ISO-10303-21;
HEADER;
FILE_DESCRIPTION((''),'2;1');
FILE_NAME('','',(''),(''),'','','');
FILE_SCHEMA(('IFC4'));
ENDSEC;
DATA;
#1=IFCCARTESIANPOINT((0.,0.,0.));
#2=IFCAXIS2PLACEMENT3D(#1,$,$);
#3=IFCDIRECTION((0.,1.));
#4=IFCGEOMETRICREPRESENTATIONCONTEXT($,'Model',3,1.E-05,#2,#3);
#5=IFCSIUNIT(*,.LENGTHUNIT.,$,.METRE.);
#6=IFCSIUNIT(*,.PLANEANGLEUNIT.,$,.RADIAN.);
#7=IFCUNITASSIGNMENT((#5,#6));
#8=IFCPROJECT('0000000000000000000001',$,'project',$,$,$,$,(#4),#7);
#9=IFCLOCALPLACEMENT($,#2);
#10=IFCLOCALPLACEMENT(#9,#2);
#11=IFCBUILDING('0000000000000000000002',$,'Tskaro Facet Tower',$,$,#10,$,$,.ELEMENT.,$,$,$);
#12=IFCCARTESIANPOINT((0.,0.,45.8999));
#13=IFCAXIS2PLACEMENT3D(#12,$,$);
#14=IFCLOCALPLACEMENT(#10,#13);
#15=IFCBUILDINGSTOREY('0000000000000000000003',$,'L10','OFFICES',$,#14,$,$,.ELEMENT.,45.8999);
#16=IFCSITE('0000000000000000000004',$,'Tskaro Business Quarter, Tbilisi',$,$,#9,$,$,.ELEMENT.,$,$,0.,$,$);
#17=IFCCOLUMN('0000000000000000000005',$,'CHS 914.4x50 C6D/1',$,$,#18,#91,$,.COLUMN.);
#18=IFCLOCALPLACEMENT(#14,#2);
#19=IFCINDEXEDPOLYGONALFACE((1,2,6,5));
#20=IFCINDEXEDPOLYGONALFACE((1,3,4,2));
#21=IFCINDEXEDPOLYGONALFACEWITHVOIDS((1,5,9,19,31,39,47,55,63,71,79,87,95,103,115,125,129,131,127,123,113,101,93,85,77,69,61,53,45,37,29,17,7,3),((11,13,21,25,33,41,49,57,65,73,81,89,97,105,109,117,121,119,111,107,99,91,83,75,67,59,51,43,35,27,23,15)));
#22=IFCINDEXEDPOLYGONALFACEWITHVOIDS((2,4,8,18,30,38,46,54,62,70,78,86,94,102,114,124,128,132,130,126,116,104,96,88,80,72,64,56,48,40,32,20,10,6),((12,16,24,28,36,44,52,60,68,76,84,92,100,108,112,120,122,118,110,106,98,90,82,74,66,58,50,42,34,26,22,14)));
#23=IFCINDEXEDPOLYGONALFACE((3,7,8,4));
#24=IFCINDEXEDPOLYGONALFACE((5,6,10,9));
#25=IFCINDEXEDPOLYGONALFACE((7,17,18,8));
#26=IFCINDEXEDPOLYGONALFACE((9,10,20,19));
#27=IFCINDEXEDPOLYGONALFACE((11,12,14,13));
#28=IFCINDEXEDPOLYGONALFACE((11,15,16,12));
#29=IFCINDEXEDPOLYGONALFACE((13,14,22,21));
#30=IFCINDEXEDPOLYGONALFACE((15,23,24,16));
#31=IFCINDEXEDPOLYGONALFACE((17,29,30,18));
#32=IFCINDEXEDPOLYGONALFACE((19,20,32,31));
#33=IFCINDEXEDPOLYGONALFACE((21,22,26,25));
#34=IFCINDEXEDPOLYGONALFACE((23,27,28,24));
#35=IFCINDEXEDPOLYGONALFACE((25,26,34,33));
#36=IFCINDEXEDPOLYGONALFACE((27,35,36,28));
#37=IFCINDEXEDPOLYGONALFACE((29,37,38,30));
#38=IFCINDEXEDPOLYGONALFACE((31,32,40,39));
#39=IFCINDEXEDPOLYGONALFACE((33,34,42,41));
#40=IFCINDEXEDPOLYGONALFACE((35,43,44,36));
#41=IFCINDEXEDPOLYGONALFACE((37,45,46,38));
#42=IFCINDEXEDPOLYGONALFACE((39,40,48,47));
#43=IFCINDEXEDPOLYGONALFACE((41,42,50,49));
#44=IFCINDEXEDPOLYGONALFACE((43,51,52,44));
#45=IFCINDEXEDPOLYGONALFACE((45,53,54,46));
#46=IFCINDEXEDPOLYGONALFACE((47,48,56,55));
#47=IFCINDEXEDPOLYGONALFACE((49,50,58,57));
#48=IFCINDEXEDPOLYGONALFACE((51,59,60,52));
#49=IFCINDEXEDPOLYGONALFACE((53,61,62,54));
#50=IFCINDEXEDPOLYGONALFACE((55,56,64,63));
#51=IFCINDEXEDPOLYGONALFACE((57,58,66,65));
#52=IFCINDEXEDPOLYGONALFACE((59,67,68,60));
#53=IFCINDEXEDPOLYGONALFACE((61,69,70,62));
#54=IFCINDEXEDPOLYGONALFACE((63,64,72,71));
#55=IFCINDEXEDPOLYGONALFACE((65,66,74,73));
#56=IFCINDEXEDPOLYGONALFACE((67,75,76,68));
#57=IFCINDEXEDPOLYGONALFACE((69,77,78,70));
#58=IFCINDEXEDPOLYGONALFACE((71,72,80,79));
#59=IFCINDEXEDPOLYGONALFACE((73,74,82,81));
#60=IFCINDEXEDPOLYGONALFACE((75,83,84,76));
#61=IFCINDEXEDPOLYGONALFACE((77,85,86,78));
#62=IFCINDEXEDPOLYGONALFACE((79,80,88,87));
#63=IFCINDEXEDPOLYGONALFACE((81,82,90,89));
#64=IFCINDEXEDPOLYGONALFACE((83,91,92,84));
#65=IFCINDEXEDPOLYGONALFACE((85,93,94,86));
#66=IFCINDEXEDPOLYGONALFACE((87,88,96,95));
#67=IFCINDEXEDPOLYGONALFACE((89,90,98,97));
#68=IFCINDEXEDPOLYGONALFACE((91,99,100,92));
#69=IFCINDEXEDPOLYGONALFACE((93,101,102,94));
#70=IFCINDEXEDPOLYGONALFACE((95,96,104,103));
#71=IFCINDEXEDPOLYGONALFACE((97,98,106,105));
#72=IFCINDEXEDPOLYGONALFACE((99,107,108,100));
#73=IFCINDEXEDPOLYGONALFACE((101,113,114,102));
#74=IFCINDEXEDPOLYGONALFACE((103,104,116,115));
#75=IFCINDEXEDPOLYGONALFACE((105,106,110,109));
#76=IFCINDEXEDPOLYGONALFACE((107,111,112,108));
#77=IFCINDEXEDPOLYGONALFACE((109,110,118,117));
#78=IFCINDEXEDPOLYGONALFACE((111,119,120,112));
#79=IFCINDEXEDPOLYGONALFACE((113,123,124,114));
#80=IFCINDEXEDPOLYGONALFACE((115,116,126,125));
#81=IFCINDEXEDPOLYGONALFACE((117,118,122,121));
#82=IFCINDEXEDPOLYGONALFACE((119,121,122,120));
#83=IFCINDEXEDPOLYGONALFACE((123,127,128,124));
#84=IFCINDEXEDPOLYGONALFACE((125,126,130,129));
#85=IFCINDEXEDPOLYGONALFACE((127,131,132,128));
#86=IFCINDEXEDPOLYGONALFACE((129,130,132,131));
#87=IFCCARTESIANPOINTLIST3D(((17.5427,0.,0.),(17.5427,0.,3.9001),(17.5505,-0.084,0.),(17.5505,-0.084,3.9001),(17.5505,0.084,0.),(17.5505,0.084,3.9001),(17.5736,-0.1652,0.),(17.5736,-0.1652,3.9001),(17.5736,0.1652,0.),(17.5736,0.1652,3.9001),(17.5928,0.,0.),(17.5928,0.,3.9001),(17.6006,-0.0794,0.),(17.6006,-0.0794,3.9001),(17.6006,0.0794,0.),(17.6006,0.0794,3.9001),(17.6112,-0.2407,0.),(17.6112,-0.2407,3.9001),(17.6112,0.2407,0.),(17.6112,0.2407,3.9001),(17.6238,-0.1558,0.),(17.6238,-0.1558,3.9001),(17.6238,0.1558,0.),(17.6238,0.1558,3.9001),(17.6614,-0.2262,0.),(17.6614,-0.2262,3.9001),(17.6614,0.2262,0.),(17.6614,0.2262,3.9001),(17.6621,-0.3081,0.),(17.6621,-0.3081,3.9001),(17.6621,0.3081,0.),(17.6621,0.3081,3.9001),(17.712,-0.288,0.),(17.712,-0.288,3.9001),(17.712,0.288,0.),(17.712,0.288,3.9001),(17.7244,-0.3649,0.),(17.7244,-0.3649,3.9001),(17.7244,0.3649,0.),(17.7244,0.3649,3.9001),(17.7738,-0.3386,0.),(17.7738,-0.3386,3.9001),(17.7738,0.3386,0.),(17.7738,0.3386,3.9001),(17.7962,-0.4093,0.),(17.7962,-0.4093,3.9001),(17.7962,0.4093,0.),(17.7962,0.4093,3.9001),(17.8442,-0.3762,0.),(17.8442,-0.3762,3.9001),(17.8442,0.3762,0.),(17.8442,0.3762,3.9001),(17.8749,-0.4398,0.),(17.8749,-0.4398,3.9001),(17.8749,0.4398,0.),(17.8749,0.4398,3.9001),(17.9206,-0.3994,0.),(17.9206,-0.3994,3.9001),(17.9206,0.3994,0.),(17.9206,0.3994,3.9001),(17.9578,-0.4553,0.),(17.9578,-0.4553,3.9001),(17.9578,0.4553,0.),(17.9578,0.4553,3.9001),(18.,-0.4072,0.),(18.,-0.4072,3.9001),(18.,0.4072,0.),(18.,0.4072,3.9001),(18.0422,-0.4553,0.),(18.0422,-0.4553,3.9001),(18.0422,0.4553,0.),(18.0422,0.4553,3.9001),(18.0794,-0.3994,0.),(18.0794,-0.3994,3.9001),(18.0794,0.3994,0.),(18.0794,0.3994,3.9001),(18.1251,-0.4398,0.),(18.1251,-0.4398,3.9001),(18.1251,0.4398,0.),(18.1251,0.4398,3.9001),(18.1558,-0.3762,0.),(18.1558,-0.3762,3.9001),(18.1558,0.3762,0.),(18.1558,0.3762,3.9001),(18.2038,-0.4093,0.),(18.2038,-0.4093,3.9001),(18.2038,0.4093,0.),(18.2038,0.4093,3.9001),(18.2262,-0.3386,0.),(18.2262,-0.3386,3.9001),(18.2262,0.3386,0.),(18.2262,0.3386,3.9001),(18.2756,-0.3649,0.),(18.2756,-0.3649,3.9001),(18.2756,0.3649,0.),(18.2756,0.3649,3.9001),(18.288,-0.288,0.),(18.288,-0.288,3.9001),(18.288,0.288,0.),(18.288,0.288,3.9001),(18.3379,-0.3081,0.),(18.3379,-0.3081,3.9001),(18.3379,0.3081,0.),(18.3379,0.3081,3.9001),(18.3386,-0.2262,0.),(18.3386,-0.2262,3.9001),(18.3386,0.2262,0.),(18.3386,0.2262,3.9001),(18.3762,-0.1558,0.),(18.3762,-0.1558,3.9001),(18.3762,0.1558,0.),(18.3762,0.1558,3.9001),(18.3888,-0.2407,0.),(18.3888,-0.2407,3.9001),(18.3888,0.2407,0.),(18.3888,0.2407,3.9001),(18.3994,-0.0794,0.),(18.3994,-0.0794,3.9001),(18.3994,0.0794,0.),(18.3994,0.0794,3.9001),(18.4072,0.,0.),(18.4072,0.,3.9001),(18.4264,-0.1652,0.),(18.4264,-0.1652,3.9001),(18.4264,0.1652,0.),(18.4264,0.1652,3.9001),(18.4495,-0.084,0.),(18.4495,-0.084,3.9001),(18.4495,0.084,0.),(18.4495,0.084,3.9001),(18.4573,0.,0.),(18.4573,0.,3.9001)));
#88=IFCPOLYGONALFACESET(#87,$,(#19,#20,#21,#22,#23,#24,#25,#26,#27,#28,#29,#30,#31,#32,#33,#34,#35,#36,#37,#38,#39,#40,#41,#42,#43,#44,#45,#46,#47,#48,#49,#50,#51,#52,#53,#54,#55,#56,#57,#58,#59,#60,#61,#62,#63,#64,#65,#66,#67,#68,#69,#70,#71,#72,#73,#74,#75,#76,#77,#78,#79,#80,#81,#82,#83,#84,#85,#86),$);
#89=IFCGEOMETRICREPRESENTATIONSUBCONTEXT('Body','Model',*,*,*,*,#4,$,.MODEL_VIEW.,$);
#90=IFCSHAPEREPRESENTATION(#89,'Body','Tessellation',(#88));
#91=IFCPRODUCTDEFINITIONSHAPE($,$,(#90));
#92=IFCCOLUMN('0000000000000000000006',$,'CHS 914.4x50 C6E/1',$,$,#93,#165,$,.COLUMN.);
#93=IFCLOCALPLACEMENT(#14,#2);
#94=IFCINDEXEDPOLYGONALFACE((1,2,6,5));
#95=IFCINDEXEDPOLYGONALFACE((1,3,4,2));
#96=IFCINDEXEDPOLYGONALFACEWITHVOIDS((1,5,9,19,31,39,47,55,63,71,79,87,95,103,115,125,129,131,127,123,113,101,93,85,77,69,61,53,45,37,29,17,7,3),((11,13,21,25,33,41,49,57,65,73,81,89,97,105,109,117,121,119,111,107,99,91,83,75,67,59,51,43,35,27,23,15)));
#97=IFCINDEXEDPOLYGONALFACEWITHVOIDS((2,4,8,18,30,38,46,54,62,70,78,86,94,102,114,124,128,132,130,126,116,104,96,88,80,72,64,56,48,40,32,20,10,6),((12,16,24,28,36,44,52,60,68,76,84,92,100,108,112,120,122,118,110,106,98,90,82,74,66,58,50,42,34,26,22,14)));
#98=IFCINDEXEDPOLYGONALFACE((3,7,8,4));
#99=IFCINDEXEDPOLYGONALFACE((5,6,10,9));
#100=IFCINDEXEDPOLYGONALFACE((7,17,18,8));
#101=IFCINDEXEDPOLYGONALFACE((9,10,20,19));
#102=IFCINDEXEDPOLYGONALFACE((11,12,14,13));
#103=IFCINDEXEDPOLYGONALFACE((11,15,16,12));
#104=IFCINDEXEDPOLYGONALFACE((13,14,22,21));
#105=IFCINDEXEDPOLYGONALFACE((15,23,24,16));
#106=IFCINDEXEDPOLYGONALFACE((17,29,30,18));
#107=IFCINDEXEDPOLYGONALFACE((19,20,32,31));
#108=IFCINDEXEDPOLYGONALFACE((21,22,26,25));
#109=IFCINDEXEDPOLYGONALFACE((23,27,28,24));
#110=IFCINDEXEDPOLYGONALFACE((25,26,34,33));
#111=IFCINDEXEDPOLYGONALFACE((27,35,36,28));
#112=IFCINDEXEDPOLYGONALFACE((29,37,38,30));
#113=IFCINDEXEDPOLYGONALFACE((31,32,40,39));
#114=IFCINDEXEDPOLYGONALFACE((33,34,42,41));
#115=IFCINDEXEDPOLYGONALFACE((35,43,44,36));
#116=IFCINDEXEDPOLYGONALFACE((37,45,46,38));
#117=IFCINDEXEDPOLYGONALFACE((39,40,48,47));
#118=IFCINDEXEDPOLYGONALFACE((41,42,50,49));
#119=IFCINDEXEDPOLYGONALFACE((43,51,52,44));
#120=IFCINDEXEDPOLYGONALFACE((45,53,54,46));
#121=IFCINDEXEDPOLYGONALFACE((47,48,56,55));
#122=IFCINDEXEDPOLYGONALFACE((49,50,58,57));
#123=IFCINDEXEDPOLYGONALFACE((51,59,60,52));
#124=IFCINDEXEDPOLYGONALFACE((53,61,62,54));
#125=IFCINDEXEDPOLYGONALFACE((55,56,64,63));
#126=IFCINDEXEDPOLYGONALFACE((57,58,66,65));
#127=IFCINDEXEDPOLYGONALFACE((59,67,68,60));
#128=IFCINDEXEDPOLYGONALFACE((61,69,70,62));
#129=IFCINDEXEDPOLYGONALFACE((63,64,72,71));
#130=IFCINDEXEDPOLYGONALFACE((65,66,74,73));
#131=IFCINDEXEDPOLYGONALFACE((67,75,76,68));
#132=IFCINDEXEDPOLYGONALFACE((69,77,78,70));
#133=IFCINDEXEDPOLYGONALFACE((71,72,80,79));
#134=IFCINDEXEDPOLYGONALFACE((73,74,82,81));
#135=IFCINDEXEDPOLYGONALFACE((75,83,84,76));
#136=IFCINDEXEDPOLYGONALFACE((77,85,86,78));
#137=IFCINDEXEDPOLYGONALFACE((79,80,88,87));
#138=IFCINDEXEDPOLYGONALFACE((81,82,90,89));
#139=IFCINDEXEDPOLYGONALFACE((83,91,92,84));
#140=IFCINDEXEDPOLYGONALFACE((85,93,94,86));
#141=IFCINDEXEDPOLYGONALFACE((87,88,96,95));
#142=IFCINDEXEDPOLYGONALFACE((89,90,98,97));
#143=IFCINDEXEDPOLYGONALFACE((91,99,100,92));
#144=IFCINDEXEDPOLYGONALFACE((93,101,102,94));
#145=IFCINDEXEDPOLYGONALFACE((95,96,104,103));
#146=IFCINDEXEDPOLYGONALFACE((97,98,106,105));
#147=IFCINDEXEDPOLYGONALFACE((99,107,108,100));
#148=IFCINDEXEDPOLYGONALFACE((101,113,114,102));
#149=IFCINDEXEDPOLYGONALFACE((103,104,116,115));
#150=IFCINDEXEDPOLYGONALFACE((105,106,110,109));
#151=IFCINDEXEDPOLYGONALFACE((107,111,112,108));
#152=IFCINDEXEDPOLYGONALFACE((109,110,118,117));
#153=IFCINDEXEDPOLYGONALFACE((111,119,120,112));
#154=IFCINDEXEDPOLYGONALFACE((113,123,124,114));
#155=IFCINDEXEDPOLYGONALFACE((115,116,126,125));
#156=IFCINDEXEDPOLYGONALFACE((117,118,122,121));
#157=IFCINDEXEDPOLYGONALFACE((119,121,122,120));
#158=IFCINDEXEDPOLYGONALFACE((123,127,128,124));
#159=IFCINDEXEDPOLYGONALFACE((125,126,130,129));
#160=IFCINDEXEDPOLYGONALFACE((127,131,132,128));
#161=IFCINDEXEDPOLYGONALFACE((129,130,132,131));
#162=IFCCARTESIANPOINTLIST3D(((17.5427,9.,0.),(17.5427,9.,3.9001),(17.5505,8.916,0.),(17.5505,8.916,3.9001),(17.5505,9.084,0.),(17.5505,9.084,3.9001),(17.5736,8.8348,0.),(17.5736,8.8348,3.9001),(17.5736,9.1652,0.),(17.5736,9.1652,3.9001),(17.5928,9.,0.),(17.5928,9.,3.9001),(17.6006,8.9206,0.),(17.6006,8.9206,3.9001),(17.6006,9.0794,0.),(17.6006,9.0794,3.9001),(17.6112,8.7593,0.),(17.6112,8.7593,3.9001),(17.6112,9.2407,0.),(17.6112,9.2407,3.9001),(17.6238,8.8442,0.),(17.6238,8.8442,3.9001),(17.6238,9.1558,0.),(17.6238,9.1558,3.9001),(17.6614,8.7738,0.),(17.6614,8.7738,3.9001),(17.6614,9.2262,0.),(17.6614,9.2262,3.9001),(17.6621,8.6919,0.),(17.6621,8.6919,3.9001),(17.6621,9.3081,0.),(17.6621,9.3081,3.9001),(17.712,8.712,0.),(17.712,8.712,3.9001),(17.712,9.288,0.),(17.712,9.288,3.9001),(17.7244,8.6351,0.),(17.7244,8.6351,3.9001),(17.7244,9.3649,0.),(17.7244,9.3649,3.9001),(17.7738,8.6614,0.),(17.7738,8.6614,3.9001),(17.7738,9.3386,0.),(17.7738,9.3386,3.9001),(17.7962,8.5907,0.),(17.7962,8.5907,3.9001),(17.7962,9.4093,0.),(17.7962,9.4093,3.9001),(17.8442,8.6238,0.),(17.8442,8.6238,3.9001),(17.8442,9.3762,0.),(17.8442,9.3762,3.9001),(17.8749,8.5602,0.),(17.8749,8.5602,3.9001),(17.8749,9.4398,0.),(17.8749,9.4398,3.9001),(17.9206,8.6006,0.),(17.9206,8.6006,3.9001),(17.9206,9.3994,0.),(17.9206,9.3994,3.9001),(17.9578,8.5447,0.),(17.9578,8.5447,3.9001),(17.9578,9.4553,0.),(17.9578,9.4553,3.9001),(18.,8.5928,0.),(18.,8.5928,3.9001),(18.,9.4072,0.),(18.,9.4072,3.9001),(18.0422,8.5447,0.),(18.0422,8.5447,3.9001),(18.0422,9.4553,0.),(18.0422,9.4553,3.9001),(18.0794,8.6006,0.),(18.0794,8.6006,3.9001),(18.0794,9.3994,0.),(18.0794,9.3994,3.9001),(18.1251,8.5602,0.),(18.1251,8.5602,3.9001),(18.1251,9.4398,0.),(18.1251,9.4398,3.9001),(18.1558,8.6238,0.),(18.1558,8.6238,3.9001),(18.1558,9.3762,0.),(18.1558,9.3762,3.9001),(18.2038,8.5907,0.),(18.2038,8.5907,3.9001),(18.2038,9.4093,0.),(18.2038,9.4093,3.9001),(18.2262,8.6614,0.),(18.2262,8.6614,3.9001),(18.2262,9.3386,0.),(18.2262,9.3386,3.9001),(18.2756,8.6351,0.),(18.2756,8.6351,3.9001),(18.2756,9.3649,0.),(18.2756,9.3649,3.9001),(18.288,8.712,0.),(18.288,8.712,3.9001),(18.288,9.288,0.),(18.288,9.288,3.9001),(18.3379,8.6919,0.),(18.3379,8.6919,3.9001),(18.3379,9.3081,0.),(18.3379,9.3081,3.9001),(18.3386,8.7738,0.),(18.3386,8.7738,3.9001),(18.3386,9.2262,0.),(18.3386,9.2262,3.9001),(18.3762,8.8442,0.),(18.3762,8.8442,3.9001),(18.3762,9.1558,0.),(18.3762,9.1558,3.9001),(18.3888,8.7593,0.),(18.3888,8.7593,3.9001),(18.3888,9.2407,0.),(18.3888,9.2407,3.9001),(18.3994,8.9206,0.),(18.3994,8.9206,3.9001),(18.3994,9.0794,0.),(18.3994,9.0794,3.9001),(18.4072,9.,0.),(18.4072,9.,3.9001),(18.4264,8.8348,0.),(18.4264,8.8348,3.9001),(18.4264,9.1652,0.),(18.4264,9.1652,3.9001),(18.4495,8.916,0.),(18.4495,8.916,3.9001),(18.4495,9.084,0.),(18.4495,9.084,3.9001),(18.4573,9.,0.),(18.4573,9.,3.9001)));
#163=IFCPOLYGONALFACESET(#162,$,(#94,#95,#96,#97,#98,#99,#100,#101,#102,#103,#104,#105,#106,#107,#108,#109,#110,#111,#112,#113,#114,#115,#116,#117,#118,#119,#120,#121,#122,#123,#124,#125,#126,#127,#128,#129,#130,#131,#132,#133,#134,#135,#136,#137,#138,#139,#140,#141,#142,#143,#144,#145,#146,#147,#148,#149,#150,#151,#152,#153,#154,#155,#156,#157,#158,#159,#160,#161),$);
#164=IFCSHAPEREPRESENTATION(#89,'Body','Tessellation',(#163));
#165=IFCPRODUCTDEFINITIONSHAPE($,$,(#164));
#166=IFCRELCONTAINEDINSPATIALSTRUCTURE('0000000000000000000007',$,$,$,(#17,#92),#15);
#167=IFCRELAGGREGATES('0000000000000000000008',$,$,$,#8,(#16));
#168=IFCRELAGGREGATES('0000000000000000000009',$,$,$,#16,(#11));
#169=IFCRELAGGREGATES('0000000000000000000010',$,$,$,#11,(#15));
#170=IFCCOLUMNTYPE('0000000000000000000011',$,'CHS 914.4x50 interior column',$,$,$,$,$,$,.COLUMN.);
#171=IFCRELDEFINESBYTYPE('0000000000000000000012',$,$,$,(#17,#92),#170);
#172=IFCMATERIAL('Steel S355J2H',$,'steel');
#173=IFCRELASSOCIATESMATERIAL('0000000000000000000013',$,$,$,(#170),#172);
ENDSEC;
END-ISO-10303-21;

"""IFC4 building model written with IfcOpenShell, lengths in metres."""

from ifc_helpers import new_model, si_unit, direction, frame, origin, origin_2d, place, context, subcontext, project, spatial, hollow_circle, extrude, material, material_profile, profile_set, type_object, element, save


model = new_model("IFC4")

# Units and contexts
model_context = context("Model", 3, precision=1e-05, world=origin(), true_north=direction((0.0, 1.0)))
body_context = subcontext(model_context, "Body", "Model", "MODEL_VIEW")
ifc_project = project(units=[si_unit("LENGTHUNIT", "METRE"), si_unit("PLANEANGLEUNIT", "RADIAN")], contexts=[model_context])

# Site, building, storey
site_placement = place(None, origin())
site = spatial("IfcSite", under=ifc_project, at=site_placement, Name="Tskaro Business Quarter, Tbilisi", CompositionType="ELEMENT", RefElevation=0.0)
building_placement = place(site_placement, origin())
building = spatial("IfcBuilding", under=site, at=building_placement, Name="Tskaro Facet Tower", CompositionType="ELEMENT")
storey_placement = place(building_placement, frame((0.0, 0.0, 45.8999)))
storey = spatial("IfcBuildingStorey", under=building, at=storey_placement, Name="L10", Description="OFFICES", CompositionType="ELEMENT", Elevation=45.8999)

# Columns
ifc_material_1 = material(Name="Steel S355J2H", Category="steel")
ifc_material_profile_1 = material_profile(ifc_material_1, hollow_circle(Radius=0.4573, WallThickness=0.05, at=origin_2d()), Name="CHS 914.4x50")
ifc_profile_set_1 = profile_set([ifc_material_profile_1], Name="Steel S355J2H")
column_type_1 = type_object("IfcColumnType", Name="CHS 914.4x50 interior column", PredefinedType="COLUMN", material=ifc_profile_set_1)
for number, where, z_axis, x_axis, name in (
    (1, (18.0, 0.0, 0.0), (0.0, 0.0, 1.0), (1.0, 0.0, 0.0), "CHS 914.4x50 C6D/1"),
    (2, (18.0, 9.0, 0.0), (0.0, 0.0, 1.0), (1.0, 0.0, 0.0), "CHS 914.4x50 C6E/1"),
):
    element("IfcColumn", number, at=place(storey_placement, frame(where, z_axis=z_axis, x_axis=x_axis)), inside=storey, type_object=column_type_1, Name=name, PredefinedType="COLUMN", context=body_context, shape_type="SweptSolid", body=[
        extrude(hollow_circle(Radius=0.4573, WallThickness=0.05, at=origin_2d()), origin(), (0.0, 0.0, 1.0), 3.9001),
    ])

save(model, "model.ifc")
